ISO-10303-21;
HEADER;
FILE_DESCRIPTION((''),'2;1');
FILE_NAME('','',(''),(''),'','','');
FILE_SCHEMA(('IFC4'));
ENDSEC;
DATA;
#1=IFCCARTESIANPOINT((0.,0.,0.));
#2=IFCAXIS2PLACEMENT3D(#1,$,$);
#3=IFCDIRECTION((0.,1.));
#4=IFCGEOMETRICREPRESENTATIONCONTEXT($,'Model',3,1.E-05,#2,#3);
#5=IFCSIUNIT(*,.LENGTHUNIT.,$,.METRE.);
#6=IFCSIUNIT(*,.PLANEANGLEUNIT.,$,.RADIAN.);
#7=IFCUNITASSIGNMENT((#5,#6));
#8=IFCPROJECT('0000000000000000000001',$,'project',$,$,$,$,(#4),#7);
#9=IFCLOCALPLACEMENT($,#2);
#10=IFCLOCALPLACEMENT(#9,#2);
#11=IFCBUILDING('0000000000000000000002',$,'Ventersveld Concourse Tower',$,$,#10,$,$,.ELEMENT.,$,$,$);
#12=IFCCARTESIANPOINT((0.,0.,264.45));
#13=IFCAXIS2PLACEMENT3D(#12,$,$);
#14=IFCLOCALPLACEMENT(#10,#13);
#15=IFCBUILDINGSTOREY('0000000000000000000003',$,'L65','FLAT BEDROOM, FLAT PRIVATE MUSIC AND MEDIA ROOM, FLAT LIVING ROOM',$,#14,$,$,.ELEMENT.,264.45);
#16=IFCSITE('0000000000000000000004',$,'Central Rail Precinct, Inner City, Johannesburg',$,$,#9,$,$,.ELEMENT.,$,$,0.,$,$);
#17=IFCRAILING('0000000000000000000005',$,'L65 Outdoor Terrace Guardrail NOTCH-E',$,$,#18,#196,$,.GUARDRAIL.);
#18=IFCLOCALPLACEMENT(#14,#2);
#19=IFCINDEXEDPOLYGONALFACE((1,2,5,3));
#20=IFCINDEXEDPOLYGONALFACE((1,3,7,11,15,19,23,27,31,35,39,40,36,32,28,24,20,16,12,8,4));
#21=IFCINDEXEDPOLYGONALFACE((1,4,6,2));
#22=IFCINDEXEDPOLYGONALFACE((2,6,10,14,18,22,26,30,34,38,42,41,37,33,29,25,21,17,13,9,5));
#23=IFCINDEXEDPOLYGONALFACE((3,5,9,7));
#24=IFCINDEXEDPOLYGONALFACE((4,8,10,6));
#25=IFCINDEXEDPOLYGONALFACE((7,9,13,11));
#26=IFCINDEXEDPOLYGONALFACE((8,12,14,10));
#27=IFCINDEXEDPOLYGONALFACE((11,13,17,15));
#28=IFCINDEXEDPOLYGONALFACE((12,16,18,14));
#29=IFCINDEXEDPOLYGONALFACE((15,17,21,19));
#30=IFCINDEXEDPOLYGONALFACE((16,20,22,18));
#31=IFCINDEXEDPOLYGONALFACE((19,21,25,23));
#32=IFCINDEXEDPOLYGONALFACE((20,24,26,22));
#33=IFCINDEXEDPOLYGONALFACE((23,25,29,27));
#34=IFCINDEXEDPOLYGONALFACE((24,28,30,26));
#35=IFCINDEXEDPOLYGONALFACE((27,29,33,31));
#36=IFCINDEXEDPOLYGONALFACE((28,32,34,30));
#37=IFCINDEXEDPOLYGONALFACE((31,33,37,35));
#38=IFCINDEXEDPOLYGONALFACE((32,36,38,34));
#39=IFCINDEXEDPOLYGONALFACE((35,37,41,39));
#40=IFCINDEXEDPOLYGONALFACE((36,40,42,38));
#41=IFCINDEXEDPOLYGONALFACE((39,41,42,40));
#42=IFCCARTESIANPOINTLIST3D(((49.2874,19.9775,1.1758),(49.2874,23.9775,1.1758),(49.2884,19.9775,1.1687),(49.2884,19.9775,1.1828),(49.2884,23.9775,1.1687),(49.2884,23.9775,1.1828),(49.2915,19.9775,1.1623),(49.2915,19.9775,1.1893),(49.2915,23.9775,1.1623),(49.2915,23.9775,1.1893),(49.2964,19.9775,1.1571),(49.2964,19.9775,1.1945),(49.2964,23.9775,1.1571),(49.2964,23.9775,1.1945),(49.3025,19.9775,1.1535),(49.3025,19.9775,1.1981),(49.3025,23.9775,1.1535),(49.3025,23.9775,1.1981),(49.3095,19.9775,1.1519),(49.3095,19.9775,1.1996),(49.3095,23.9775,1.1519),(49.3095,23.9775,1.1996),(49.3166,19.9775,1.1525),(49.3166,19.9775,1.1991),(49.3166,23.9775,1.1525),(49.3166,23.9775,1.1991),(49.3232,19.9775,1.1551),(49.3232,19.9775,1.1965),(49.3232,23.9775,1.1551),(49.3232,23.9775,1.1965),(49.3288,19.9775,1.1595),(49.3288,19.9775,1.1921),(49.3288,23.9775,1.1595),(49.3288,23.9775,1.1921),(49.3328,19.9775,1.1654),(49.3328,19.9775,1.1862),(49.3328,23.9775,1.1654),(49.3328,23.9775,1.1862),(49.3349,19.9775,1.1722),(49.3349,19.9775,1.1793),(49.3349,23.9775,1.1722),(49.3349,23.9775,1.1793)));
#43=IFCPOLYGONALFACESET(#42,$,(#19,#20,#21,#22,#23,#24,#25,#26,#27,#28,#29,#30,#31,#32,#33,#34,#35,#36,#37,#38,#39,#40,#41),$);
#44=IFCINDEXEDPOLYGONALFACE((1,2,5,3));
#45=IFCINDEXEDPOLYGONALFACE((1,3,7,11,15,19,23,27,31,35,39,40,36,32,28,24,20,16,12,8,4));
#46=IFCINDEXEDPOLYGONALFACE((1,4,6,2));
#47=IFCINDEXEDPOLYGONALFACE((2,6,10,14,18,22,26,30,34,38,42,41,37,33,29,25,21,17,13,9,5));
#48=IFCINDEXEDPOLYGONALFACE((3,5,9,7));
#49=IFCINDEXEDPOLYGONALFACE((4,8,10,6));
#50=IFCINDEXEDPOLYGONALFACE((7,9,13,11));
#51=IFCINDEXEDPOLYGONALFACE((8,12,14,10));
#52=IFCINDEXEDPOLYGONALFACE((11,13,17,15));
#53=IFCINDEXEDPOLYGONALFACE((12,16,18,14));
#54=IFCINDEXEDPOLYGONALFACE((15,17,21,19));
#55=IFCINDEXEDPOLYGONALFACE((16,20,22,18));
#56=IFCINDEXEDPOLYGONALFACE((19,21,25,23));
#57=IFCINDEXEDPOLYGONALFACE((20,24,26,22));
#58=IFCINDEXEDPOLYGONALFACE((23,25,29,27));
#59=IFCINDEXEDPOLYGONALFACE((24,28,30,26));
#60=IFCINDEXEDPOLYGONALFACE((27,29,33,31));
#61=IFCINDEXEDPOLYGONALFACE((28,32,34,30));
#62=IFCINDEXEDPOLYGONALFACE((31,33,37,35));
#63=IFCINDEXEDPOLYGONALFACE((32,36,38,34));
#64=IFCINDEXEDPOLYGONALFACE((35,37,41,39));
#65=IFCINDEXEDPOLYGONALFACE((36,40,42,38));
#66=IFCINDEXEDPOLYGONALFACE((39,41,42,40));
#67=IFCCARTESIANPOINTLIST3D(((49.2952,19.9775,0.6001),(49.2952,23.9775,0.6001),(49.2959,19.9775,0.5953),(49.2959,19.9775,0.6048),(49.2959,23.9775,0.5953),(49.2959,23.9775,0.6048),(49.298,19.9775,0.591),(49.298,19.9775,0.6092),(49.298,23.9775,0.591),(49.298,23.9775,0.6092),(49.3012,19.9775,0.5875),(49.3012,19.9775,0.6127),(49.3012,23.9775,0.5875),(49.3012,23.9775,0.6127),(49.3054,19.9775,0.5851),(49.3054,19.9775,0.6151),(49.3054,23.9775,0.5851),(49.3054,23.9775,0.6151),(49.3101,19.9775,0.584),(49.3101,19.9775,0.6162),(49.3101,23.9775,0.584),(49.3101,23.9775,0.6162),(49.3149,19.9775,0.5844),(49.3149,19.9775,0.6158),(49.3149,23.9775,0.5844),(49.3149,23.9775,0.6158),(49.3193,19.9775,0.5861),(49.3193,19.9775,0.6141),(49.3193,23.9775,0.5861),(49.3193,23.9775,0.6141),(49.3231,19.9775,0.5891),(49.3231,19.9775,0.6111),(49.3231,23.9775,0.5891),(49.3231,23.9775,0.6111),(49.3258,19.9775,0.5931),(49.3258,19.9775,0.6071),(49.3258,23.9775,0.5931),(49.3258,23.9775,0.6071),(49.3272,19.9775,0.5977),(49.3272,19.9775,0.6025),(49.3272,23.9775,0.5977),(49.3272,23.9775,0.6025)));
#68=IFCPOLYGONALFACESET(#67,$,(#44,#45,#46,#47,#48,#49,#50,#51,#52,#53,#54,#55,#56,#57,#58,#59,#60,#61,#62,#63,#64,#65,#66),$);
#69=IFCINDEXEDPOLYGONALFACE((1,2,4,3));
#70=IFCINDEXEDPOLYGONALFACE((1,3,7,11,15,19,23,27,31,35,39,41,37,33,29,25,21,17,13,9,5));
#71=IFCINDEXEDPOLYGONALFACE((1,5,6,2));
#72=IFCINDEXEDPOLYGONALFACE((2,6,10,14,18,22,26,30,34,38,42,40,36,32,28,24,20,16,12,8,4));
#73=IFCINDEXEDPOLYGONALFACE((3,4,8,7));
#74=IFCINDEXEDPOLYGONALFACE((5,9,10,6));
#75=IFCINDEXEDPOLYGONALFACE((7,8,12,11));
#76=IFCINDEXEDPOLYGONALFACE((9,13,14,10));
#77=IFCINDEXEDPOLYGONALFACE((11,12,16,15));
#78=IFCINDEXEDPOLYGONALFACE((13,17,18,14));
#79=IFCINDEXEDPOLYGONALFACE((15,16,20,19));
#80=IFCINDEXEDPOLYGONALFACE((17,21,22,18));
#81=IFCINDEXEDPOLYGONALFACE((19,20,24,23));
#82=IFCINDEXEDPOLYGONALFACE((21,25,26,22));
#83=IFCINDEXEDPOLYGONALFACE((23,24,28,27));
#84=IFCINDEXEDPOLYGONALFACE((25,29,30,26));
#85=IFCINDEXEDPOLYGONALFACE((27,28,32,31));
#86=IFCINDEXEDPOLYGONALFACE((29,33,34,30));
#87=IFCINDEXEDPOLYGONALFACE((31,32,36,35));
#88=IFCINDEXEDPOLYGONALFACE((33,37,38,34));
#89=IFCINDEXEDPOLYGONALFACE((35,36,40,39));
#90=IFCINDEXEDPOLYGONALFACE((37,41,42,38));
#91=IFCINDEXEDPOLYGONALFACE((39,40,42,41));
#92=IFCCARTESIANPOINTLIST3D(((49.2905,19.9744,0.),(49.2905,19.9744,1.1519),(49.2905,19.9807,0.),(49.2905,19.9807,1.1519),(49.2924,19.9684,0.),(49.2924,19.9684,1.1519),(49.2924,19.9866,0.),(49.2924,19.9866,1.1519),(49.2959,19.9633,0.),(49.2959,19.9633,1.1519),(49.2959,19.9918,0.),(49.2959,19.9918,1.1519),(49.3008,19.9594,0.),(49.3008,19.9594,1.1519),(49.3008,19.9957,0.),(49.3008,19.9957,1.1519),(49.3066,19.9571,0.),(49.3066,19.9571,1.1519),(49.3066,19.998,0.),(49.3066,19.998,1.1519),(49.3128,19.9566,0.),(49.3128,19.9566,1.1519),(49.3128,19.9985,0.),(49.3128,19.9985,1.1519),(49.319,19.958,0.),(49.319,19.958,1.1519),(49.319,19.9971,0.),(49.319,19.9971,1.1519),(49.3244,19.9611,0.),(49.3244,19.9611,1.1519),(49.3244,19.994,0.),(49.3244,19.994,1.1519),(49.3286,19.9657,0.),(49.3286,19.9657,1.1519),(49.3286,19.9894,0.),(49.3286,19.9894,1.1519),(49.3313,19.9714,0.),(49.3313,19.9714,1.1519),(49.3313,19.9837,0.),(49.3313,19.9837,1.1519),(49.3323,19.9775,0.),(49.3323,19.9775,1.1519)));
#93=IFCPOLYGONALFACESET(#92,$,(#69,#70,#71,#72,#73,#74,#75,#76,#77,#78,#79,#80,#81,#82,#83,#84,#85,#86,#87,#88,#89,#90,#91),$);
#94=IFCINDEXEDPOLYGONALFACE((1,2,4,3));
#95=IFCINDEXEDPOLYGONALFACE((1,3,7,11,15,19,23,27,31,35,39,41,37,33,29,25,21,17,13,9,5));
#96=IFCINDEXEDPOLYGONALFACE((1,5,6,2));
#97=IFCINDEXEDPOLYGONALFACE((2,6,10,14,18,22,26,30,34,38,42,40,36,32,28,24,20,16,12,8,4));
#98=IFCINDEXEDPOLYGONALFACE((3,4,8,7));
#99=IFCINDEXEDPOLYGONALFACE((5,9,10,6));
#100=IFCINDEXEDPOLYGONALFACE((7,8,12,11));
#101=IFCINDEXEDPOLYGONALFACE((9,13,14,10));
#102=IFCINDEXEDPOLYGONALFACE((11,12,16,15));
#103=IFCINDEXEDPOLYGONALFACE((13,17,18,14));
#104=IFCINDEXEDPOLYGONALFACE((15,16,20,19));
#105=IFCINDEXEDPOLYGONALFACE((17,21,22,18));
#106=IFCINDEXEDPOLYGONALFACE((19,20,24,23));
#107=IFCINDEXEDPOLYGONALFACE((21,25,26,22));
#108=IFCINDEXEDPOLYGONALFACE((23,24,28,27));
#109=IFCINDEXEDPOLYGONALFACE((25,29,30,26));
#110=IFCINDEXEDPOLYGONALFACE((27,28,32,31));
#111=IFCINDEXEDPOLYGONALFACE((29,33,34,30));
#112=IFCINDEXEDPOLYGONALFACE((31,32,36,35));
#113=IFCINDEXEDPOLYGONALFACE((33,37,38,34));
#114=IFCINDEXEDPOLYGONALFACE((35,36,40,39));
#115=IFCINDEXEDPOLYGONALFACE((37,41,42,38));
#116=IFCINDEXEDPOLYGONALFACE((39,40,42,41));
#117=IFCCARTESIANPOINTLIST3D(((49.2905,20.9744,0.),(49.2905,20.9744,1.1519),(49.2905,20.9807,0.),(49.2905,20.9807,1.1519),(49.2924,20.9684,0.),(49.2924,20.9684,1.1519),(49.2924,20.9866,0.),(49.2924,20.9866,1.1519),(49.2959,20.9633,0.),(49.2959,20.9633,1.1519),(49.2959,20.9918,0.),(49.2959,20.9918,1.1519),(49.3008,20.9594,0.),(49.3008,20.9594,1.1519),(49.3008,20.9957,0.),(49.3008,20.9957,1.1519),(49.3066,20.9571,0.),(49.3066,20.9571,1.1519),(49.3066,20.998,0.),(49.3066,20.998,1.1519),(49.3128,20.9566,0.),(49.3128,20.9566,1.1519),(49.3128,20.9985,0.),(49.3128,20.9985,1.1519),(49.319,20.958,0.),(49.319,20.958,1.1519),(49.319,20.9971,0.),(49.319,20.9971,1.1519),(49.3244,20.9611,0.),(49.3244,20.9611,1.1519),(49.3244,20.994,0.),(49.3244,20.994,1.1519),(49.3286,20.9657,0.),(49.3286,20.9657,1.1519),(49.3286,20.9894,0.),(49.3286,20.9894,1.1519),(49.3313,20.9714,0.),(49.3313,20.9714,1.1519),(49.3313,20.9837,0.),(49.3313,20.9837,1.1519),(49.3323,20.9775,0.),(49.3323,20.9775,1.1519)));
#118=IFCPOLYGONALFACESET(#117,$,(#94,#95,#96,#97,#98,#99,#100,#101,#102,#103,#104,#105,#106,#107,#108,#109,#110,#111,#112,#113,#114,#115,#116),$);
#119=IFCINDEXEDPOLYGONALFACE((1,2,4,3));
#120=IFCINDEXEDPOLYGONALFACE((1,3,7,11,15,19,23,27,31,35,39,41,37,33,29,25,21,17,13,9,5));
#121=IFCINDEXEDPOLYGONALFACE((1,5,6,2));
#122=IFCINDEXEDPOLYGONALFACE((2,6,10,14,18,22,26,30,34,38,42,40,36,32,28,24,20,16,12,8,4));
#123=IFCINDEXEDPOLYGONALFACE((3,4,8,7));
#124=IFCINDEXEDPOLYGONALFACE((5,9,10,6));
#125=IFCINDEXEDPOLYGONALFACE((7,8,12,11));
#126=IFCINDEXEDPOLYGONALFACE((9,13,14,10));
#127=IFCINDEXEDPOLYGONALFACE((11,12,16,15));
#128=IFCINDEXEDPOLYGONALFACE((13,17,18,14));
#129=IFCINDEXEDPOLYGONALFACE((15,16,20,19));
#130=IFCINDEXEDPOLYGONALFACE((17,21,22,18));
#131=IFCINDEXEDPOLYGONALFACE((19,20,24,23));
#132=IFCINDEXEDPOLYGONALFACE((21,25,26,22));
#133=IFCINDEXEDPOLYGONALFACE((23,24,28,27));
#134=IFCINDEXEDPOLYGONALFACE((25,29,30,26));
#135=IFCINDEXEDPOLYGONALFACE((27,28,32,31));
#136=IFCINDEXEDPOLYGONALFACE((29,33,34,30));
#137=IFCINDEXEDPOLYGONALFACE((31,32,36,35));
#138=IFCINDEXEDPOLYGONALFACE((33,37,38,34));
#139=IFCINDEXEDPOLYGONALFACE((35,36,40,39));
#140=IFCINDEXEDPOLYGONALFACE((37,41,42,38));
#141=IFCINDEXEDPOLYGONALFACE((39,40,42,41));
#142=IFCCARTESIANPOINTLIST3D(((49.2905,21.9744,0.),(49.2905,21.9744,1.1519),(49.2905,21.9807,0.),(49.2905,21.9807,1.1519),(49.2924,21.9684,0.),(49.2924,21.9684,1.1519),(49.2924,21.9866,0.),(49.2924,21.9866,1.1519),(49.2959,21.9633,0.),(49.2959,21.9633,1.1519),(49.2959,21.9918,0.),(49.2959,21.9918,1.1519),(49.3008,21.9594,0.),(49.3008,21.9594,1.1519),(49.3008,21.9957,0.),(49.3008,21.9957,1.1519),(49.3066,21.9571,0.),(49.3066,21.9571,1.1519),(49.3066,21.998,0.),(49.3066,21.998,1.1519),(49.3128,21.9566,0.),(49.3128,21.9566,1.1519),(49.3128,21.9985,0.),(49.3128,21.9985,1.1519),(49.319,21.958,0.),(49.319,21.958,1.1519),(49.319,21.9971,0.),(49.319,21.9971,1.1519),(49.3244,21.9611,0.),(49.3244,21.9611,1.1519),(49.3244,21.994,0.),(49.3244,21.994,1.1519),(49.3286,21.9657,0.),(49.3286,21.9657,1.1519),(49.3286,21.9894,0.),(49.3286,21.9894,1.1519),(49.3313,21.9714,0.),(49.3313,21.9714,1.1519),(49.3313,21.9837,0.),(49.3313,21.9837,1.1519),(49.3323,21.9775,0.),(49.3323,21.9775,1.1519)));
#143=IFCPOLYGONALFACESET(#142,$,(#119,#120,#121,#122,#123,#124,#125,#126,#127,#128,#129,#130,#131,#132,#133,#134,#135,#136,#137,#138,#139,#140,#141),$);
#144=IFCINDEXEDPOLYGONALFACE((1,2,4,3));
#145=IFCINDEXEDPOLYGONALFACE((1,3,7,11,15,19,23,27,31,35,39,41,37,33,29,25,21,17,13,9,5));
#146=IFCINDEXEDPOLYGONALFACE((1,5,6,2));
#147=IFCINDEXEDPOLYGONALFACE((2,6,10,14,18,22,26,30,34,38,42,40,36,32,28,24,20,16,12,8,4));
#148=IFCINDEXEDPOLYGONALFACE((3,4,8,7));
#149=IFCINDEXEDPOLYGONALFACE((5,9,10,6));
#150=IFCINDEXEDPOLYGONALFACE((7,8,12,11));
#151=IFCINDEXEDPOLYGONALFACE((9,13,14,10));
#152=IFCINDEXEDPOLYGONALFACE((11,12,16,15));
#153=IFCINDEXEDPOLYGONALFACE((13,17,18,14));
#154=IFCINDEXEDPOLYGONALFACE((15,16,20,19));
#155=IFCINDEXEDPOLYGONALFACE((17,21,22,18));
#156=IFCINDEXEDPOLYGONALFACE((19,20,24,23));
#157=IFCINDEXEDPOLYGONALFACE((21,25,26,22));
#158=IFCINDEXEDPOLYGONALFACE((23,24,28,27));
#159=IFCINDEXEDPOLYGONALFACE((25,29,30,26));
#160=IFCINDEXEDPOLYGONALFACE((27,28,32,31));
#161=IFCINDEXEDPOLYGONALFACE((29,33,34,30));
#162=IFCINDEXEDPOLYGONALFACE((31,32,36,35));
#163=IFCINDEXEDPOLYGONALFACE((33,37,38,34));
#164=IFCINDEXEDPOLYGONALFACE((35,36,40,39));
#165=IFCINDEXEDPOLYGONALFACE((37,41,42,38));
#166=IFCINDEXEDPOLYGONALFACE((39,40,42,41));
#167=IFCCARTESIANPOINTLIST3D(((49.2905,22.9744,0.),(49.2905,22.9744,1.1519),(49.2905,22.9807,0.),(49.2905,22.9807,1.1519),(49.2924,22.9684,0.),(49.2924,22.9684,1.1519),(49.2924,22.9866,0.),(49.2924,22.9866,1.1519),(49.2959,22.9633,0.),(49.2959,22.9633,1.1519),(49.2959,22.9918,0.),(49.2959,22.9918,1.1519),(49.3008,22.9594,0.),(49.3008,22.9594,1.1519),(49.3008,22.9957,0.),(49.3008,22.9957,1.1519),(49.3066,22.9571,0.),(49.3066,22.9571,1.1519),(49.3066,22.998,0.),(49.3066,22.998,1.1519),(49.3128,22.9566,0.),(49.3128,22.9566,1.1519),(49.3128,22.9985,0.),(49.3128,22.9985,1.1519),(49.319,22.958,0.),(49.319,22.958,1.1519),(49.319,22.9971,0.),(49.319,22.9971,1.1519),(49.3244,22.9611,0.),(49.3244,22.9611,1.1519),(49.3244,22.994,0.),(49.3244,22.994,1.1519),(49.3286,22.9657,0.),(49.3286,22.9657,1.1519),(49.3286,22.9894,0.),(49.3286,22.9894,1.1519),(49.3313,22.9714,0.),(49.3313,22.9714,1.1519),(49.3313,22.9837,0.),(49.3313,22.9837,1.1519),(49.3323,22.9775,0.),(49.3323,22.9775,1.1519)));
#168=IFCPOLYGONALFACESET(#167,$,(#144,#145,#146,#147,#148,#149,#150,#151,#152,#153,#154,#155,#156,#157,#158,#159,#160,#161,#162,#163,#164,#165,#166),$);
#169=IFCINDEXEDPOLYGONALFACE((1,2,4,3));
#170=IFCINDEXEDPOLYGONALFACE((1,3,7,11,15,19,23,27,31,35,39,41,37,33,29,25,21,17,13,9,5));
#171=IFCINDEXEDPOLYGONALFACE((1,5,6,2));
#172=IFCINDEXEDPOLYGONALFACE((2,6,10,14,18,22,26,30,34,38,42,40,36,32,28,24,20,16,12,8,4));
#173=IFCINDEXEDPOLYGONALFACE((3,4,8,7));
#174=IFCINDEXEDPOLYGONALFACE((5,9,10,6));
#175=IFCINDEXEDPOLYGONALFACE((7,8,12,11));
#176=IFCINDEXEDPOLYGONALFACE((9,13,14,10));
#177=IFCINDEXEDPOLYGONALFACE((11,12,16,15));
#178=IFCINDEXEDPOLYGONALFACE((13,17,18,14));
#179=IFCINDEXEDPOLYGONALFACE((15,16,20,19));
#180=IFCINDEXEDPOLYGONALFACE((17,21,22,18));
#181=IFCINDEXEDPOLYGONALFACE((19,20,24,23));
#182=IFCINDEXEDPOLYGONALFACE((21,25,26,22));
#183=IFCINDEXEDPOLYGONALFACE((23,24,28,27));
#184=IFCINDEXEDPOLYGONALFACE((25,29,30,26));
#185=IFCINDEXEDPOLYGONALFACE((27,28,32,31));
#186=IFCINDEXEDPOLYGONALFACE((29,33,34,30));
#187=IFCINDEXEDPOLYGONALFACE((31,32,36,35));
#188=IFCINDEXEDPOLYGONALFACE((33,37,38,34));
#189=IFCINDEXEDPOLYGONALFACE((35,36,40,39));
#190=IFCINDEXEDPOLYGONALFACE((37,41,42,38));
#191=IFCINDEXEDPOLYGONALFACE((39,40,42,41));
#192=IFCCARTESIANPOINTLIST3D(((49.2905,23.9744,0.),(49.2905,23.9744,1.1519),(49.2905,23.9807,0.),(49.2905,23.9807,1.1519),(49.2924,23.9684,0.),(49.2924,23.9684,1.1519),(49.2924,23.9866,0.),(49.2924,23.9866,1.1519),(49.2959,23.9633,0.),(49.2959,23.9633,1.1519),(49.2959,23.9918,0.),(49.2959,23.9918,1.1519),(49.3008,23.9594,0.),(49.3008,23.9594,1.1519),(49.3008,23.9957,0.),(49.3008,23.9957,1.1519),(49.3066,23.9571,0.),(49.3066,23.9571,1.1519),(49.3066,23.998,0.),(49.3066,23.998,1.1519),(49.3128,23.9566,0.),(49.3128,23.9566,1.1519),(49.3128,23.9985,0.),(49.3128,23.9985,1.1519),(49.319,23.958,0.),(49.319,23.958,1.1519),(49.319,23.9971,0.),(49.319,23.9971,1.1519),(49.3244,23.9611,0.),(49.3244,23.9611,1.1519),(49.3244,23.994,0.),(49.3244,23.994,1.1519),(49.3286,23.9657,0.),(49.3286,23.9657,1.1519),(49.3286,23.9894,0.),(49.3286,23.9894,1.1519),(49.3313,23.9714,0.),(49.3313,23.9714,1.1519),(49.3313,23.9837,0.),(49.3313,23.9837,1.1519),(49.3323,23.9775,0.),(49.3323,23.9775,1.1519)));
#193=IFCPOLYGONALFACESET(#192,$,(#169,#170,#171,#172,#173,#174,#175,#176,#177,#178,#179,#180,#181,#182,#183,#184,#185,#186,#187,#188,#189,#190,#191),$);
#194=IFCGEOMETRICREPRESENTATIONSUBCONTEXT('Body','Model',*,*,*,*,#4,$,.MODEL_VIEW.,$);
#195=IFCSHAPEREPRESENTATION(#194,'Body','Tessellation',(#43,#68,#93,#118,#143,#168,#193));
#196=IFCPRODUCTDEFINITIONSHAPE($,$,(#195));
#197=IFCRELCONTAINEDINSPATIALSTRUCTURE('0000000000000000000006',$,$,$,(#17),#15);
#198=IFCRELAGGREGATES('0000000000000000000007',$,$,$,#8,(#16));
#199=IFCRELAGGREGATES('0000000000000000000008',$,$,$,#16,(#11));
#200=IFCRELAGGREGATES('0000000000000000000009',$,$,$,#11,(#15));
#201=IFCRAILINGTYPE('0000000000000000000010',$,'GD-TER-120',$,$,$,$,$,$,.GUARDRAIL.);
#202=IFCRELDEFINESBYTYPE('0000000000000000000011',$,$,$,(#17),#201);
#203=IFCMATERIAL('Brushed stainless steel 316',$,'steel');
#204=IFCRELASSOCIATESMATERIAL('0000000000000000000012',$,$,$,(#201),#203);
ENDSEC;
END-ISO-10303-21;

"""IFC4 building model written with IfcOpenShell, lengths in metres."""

from ifc_helpers import new_model, si_unit, direction, frame, origin, origin_2d, place, context, subcontext, project, spatial, circle, extrude, material, type_object, element, save


model = new_model("IFC4")

# Units and contexts
model_context = context("Model", 3, precision=1e-05, world=origin(), true_north=direction((0.0, 1.0)))
body_context = subcontext(model_context, "Body", "Model", "MODEL_VIEW")
ifc_project = project(units=[si_unit("LENGTHUNIT", "METRE"), si_unit("PLANEANGLEUNIT", "RADIAN")], contexts=[model_context])

# Site, building, storey
site_placement = place(None, origin())
site = spatial("IfcSite", under=ifc_project, at=site_placement, Name="Central Rail Precinct, Inner City, Johannesburg", CompositionType="ELEMENT", RefElevation=0.0)
building_placement = place(site_placement, origin())
building = spatial("IfcBuilding", under=site, at=building_placement, Name="Ventersveld Concourse Tower", CompositionType="ELEMENT")
storey_placement = place(building_placement, frame((0.0, 0.0, 264.45)))
storey = spatial("IfcBuildingStorey", under=building, at=storey_placement, Name="L65", Description="FLAT BEDROOM, FLAT PRIVATE MUSIC AND MEDIA ROOM, FLAT LIVING ROOM", CompositionType="ELEMENT", Elevation=264.45)

# Railing
ifc_material_1 = material(Name="Brushed stainless steel 316", Category="steel")
railing_type = type_object("IfcRailingType", Name="GD-TER-120", PredefinedType="GUARDRAIL", material=ifc_material_1)
railing_placement = place(storey_placement, frame((49.3113, 19.9775, 0.0)))
element("IfcRailing", 1, at=railing_placement, inside=storey, type_object=railing_type, Name="L65 Outdoor Terrace Guardrail NOTCH-E", PredefinedType="GUARDRAIL", context=body_context, shape_type="SweptSolid", body=[
    extrude(circle(Radius=0.0239, at=origin_2d()), frame((0.0, 0.0, 1.1758), z_axis=(0.0, 1.0, 0.0), x_axis=(-1.0, 0.0, 0.0)), (0.0, 0.0, 1.0), 4.0),
    extrude(circle(Radius=0.0161, at=origin_2d()), frame((0.0, 0.0, 0.6001), z_axis=(0.0, 1.0, 0.0), x_axis=(-1.0, 0.0, 0.0)), (0.0, 0.0, 1.0), 4.0),
    extrude(circle(Radius=0.021, at=origin_2d()), origin(), (0.0, 0.0, 1.0), 1.1519),
    extrude(circle(Radius=0.021, at=origin_2d()), frame((0.0, 1.0, 0.0)), (0.0, 0.0, 1.0), 1.1519),
    extrude(circle(Radius=0.021, at=origin_2d()), frame((0.0, 2.0, 0.0)), (0.0, 0.0, 1.0), 1.1519),
    extrude(circle(Radius=0.021, at=origin_2d()), frame((0.0, 3.0, 0.0)), (0.0, 0.0, 1.0), 1.1519),
    extrude(circle(Radius=0.021, at=origin_2d()), frame((0.0, 4.0, 0.0)), (0.0, 0.0, 1.0), 1.1519),
])

save(model, "model.ifc")
